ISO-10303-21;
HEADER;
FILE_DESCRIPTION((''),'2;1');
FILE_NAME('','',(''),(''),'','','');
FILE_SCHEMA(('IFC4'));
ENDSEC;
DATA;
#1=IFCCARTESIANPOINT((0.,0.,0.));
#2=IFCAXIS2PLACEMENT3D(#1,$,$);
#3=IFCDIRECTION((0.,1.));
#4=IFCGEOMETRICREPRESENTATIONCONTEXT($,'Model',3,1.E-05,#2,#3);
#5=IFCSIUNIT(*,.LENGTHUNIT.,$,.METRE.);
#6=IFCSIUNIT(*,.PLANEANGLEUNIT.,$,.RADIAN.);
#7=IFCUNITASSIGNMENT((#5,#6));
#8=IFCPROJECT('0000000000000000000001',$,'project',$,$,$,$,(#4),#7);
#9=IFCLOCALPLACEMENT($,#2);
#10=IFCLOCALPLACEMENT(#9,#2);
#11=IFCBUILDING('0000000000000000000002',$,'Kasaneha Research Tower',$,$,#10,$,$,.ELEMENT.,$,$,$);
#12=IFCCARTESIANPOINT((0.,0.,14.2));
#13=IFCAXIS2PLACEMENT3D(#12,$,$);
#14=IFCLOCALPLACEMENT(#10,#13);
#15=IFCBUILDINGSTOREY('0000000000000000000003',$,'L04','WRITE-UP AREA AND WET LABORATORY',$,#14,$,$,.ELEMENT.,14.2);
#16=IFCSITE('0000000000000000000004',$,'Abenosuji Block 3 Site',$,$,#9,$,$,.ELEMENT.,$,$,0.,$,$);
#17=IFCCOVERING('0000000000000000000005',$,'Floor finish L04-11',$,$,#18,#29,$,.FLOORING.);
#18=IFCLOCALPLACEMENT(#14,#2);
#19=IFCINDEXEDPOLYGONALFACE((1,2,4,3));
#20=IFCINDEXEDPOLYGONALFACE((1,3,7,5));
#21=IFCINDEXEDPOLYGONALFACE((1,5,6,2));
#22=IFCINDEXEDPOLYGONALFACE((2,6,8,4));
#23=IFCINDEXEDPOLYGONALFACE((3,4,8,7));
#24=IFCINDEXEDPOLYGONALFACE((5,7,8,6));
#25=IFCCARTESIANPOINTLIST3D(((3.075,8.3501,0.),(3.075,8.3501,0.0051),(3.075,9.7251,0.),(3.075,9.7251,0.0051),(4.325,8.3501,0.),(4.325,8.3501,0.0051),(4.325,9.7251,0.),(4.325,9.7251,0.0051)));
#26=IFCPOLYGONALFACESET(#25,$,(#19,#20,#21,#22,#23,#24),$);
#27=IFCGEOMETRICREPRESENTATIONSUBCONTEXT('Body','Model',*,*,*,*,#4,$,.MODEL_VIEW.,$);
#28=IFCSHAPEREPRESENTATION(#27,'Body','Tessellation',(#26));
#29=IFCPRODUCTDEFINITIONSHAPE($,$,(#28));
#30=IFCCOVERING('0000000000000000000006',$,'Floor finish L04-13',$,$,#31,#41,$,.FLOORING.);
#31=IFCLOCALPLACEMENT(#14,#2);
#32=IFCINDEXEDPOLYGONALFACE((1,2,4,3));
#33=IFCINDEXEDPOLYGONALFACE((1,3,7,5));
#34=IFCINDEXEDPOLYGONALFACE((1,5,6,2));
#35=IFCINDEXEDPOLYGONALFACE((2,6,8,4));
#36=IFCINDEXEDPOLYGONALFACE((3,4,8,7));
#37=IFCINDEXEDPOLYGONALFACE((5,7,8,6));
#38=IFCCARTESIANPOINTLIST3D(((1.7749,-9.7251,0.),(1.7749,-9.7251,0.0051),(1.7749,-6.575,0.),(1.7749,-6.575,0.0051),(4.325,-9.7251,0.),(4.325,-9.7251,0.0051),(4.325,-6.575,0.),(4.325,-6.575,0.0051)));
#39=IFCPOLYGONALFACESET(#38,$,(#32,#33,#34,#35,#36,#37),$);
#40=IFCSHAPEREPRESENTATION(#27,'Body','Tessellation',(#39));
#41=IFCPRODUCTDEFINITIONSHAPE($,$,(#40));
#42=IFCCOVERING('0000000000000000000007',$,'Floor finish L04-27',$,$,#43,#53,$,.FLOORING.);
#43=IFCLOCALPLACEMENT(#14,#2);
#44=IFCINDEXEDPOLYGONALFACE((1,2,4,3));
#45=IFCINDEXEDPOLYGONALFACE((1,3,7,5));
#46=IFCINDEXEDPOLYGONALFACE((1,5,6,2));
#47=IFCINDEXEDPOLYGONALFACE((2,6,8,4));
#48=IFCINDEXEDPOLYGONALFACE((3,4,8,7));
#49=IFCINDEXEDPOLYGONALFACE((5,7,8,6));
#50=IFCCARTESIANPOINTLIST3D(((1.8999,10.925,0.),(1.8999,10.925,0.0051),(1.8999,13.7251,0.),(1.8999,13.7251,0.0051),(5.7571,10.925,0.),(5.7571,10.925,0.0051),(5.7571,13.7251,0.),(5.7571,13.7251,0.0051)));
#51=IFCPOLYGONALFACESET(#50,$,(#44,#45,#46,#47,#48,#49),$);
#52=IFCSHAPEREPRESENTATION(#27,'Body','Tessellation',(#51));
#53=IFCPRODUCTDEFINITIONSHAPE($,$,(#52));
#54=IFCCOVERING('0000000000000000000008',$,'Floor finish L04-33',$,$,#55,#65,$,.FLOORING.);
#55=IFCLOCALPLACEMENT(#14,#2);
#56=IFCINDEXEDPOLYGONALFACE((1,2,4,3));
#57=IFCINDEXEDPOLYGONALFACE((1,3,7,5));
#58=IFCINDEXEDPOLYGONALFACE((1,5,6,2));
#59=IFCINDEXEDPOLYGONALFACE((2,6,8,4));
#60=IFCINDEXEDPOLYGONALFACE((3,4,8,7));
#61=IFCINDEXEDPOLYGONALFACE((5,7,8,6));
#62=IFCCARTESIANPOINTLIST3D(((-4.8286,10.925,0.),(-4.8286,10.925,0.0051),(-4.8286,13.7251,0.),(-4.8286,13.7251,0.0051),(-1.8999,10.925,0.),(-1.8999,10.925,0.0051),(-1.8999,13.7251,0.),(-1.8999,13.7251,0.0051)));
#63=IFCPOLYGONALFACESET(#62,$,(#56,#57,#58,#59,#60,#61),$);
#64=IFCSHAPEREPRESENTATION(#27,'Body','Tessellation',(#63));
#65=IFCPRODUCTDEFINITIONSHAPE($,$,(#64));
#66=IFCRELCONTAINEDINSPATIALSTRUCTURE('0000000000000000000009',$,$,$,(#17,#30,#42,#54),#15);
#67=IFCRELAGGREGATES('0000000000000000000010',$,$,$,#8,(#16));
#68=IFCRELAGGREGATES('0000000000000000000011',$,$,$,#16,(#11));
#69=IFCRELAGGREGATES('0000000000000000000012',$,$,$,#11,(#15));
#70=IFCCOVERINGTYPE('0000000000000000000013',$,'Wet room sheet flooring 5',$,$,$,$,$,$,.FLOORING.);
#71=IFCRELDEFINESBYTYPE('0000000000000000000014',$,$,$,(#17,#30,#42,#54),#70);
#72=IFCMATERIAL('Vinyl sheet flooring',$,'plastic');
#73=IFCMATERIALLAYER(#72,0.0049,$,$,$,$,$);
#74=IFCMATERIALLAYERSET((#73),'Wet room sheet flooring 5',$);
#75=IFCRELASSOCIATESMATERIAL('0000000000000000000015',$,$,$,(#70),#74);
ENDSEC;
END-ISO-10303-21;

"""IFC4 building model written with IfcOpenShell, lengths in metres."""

from ifc_helpers import new_model, si_unit, direction, frame, origin, place, context, subcontext, project, spatial, polyline, outline, extrude, material, layer, layer_set, type_object, element, save


model = new_model("IFC4")

# Units and contexts
model_context = context("Model", 3, precision=1e-05, world=origin(), true_north=direction((0.0, 1.0)))
body_context = subcontext(model_context, "Body", "Model", "MODEL_VIEW")
ifc_project = project(units=[si_unit("LENGTHUNIT", "METRE"), si_unit("PLANEANGLEUNIT", "RADIAN")], contexts=[model_context])

# Site, building, storey
site_placement = place(None, origin())
site = spatial("IfcSite", under=ifc_project, at=site_placement, Name="Abenosuji Block 3 Site", CompositionType="ELEMENT", RefElevation=0.0)
building_placement = place(site_placement, origin())
building = spatial("IfcBuilding", under=site, at=building_placement, Name="Kasaneha Research Tower", CompositionType="ELEMENT")
storey_placement = place(building_placement, frame((0.0, 0.0, 14.2)))
storey = spatial("IfcBuildingStorey", under=building, at=storey_placement, Name="L04", Description="WRITE-UP AREA AND WET LABORATORY", CompositionType="ELEMENT", Elevation=14.2)

# Coverings
ifc_material_1 = material(Name="Vinyl sheet flooring", Category="plastic")
ifc_layer_1 = layer(ifc_material_1, 0.0049)
ifc_layer_set_1 = layer_set([ifc_layer_1], Name="Wet room sheet flooring 5")
covering_type_1 = type_object("IfcCoveringType", Name="Wet room sheet flooring 5", PredefinedType="FLOORING", material=ifc_layer_set_1)
covering_1_placement = place(storey_placement, origin())
element("IfcCovering", 1, at=covering_1_placement, inside=storey, type_object=covering_type_1, Name="Floor finish L04-11", PredefinedType="FLOORING", context=body_context, shape_type="SweptSolid", body=[
    extrude(outline(polyline([(4.325, 8.3501), (3.075, 8.3501), (3.075, 9.7251), (4.325, 9.7251), (4.325, 8.3501)])), origin(), (0.0, 0.0, 1.0), 0.0051),
])
covering_2_placement = place(storey_placement, origin())
element("IfcCovering", 2, at=covering_2_placement, inside=storey, type_object=covering_type_1, Name="Floor finish L04-13", PredefinedType="FLOORING", context=body_context, shape_type="SweptSolid", body=[
    extrude(outline(polyline([(1.7749, -9.7251), (1.7749, -6.575), (4.325, -6.575), (4.325, -9.7251), (1.7749, -9.7251)])), origin(), (0.0, 0.0, 1.0), 0.0051),
])
covering_3_placement = place(storey_placement, origin())
element("IfcCovering", 3, at=covering_3_placement, inside=storey, type_object=covering_type_1, Name="Floor finish L04-27", PredefinedType="FLOORING", context=body_context, shape_type="SweptSolid", body=[
    extrude(outline(polyline([(1.8999, 13.7251), (5.7571, 13.7251), (5.7571, 10.925), (1.8999, 10.925), (1.8999, 13.7251)])), origin(), (0.0, 0.0, 1.0), 0.0051),
])
covering_4_placement = place(storey_placement, origin())
element("IfcCovering", 4, at=covering_4_placement, inside=storey, type_object=covering_type_1, Name="Floor finish L04-33", PredefinedType="FLOORING", context=body_context, shape_type="SweptSolid", body=[
    extrude(outline(polyline([(-4.8286, 10.925), (-4.8286, 13.7251), (-1.8999, 13.7251), (-1.8999, 10.925), (-4.8286, 10.925)])), origin(), (0.0, 0.0, 1.0), 0.0051),
])

save(model, "model.ifc")
